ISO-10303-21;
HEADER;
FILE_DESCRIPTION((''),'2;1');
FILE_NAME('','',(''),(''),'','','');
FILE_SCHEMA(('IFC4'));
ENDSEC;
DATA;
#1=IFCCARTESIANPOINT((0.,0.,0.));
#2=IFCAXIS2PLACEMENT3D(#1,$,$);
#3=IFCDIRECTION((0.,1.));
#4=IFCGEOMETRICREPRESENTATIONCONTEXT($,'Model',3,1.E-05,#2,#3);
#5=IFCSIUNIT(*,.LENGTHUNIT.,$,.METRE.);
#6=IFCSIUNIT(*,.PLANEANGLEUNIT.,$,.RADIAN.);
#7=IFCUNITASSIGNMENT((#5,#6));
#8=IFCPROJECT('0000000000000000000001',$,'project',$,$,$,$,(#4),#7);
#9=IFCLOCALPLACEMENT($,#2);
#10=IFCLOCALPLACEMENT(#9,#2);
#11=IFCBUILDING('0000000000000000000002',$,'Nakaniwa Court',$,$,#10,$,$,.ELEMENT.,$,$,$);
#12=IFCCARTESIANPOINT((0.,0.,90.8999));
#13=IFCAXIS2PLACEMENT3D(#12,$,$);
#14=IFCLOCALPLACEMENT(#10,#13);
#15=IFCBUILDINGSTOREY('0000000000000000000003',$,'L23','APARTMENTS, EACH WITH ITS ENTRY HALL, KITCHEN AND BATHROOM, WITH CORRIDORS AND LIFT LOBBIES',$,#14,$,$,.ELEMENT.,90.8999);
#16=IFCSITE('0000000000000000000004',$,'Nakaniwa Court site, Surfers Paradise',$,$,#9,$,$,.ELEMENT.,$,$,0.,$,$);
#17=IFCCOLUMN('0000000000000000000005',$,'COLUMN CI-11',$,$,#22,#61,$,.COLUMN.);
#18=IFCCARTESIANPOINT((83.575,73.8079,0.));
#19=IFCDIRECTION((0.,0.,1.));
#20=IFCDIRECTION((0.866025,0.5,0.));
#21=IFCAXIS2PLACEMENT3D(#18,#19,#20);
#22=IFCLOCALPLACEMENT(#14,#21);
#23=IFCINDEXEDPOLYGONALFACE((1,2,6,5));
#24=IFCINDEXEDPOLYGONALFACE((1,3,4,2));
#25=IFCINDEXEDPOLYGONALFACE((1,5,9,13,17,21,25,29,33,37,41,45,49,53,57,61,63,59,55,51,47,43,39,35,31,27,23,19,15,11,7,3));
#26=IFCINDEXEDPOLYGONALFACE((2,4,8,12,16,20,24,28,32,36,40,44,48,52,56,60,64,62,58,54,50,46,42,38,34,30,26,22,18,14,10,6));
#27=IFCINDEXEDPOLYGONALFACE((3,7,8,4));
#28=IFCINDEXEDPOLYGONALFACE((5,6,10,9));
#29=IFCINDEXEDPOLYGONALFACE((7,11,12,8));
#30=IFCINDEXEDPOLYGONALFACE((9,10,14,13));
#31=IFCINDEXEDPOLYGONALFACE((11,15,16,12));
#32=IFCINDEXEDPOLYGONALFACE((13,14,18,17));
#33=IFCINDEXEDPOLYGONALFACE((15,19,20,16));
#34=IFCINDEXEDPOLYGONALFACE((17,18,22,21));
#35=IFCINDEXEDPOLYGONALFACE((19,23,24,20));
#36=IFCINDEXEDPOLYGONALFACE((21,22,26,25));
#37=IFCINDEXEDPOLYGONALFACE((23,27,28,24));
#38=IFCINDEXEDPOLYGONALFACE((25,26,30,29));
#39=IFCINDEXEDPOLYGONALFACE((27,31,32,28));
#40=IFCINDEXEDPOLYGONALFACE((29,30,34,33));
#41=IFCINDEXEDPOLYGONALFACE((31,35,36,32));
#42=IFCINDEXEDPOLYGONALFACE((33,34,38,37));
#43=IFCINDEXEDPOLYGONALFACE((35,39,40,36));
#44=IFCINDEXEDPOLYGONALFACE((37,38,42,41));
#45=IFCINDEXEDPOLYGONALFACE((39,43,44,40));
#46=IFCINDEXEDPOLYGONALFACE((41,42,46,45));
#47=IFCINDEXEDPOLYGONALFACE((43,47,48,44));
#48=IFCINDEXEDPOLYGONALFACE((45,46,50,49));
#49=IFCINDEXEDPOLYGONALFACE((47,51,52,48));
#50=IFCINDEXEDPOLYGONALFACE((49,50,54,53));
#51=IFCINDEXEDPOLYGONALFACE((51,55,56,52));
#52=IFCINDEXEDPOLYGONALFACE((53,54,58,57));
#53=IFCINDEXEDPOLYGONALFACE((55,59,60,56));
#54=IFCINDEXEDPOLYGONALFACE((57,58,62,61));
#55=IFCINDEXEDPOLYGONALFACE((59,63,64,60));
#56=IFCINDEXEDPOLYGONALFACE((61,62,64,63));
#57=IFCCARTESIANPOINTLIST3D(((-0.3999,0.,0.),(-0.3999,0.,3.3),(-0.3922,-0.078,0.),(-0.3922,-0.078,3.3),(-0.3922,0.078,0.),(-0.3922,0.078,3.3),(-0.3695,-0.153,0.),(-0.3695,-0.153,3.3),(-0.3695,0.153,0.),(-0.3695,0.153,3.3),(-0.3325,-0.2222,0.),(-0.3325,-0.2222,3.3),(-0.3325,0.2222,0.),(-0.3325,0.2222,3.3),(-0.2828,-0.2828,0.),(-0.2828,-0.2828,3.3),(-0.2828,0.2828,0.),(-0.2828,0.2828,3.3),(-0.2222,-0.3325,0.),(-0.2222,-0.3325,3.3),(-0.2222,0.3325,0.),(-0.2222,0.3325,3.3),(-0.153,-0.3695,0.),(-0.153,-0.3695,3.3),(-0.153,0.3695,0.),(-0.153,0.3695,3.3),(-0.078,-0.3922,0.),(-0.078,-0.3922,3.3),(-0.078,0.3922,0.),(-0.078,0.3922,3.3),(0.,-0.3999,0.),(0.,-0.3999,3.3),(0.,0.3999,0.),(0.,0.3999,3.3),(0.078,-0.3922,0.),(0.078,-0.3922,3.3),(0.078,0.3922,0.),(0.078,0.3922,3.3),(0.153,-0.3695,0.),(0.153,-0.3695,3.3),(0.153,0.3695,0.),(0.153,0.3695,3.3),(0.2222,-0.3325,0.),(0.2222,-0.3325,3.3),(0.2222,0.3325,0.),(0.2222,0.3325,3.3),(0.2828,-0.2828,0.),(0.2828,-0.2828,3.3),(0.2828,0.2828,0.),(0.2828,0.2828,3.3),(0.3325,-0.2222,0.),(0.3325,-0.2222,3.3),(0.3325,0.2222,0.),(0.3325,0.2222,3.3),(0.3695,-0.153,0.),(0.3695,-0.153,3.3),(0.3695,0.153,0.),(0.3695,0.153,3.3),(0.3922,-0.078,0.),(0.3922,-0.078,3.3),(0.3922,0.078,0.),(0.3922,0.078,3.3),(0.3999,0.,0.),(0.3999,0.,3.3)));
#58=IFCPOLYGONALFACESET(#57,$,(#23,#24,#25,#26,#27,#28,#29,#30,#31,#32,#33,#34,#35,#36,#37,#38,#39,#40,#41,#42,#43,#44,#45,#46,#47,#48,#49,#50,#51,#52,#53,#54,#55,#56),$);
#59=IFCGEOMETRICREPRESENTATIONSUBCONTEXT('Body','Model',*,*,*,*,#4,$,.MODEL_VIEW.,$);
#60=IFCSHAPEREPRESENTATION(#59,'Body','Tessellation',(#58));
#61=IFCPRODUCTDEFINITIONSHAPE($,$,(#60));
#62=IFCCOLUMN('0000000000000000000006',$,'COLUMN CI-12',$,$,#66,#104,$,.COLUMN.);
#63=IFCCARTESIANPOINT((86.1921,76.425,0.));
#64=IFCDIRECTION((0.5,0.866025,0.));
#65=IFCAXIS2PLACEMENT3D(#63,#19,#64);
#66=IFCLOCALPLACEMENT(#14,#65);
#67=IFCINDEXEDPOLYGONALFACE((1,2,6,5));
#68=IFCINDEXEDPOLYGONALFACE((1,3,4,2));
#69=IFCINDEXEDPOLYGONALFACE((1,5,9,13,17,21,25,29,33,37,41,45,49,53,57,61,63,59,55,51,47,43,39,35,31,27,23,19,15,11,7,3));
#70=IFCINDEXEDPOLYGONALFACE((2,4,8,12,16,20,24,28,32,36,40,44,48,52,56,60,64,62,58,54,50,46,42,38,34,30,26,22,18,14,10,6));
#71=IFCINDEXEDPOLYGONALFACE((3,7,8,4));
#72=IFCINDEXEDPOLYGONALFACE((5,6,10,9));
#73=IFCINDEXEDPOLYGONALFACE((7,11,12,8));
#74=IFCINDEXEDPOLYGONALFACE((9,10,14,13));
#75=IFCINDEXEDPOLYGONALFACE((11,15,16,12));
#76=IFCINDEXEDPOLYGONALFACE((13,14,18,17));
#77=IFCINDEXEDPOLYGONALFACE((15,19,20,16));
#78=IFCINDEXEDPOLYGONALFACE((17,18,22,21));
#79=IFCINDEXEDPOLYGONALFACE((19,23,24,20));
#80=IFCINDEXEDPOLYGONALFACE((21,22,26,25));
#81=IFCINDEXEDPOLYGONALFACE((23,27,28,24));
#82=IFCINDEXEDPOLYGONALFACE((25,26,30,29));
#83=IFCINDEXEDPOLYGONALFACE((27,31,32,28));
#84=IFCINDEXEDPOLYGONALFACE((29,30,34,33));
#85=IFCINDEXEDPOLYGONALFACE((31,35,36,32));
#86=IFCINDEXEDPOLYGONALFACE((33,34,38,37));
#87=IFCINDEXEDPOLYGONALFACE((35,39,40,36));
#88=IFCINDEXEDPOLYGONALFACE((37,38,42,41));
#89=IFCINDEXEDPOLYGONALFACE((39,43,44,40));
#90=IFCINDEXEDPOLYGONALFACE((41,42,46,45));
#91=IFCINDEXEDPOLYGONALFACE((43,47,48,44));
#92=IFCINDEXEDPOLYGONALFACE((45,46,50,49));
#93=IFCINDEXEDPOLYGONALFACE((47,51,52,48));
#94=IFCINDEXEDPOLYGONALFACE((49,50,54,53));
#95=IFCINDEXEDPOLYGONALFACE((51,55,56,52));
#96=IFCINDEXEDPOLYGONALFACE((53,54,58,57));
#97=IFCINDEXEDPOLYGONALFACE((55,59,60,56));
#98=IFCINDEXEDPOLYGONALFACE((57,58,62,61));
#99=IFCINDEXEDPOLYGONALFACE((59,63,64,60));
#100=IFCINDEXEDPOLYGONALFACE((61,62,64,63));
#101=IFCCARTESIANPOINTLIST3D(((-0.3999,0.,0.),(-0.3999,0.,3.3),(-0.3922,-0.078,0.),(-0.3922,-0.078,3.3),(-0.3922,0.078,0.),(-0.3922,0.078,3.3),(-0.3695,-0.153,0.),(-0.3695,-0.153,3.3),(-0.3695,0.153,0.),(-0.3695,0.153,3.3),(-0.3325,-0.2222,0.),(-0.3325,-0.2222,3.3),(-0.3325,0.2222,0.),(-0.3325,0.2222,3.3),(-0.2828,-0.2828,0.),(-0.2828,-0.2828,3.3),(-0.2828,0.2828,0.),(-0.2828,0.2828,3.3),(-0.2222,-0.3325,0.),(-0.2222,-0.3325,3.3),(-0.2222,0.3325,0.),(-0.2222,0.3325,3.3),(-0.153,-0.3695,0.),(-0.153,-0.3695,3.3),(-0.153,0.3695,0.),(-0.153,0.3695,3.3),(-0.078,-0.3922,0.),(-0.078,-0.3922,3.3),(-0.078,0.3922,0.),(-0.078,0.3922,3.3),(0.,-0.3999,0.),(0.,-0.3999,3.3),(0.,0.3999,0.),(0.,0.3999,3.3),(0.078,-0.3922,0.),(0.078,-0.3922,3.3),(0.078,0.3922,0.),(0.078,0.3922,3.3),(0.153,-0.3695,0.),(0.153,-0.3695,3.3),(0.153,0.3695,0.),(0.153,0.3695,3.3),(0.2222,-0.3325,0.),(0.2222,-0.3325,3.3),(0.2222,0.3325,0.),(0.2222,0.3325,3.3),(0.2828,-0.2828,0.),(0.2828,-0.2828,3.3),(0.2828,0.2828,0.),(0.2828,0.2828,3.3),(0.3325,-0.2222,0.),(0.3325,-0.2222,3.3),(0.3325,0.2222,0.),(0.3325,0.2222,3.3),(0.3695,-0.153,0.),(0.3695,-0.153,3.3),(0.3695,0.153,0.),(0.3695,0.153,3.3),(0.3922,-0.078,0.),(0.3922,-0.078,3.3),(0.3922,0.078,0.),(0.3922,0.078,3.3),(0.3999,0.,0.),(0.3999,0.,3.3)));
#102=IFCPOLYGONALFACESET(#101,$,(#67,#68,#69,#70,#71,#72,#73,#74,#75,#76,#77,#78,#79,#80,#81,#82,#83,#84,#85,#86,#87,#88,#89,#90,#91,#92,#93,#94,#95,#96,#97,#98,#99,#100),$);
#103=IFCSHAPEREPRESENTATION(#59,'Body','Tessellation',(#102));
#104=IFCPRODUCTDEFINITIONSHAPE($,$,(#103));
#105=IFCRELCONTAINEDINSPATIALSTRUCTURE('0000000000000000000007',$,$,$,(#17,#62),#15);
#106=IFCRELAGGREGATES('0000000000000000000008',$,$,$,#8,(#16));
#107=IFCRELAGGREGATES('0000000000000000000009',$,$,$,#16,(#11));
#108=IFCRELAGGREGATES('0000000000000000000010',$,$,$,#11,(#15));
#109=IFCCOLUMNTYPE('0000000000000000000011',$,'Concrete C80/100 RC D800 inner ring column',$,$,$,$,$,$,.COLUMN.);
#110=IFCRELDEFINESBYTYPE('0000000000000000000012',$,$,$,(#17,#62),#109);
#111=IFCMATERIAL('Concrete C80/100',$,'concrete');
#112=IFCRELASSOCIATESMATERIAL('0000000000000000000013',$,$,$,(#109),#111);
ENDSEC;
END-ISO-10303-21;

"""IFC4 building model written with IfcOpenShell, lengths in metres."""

from ifc_helpers import new_model, si_unit, direction, frame, origin, origin_2d, place, context, subcontext, project, spatial, circle, extrude, material, material_profile, profile_set, type_object, element, save


model = new_model("IFC4")

# Units and contexts
model_context = context("Model", 3, precision=1e-05, world=origin(), true_north=direction((0.0, 1.0)))
body_context = subcontext(model_context, "Body", "Model", "MODEL_VIEW")
ifc_project = project(units=[si_unit("LENGTHUNIT", "METRE"), si_unit("PLANEANGLEUNIT", "RADIAN")], contexts=[model_context])

# Site, building, storey
site_placement = place(None, origin())
site = spatial("IfcSite", under=ifc_project, at=site_placement, Name="Nakaniwa Court site, Surfers Paradise", CompositionType="ELEMENT", RefElevation=0.0)
building_placement = place(site_placement, origin())
building = spatial("IfcBuilding", under=site, at=building_placement, Name="Nakaniwa Court", CompositionType="ELEMENT")
storey_placement = place(building_placement, frame((0.0, 0.0, 90.8999)))
storey = spatial("IfcBuildingStorey", under=building, at=storey_placement, Name="L23", Description="APARTMENTS, EACH WITH ITS ENTRY HALL, KITCHEN AND BATHROOM, WITH CORRIDORS AND LIFT LOBBIES", CompositionType="ELEMENT", Elevation=90.8999)

# Columns
ifc_material_1 = material(Name="Concrete C80/100", Category="concrete")
ifc_material_profile_1 = material_profile(ifc_material_1, circle(Radius=0.3999, at=origin_2d()), Name="Concrete C80/100 RC D800 inner ring column")
ifc_profile_set_1 = profile_set([ifc_material_profile_1], Name="Concrete C80/100")
column_type = type_object("IfcColumnType", Name="Concrete C80/100 RC D800 inner ring column", PredefinedType="COLUMN", material=ifc_profile_set_1)
for number, where, z_axis, x_axis, name in (
    (1, (83.575, 73.8079, 0.0), (0.0, 0.0, 1.0), (0.866025, 0.5, 0.0), "COLUMN CI-11"),
    (2, (86.1921, 76.425, 0.0), (0.0, 0.0, 1.0), (0.5, 0.866025, 0.0), "COLUMN CI-12"),
):
    element("IfcColumn", number, at=place(storey_placement, frame(where, z_axis=z_axis, x_axis=x_axis)), inside=storey, type_object=column_type, Name=name, PredefinedType="COLUMN", context=body_context, shape_type="SweptSolid", body=[
        extrude(circle(Radius=0.3999, at=origin_2d()), origin(), (0.0, 0.0, 1.0), 3.3),
    ])

save(model, "model.ifc")
